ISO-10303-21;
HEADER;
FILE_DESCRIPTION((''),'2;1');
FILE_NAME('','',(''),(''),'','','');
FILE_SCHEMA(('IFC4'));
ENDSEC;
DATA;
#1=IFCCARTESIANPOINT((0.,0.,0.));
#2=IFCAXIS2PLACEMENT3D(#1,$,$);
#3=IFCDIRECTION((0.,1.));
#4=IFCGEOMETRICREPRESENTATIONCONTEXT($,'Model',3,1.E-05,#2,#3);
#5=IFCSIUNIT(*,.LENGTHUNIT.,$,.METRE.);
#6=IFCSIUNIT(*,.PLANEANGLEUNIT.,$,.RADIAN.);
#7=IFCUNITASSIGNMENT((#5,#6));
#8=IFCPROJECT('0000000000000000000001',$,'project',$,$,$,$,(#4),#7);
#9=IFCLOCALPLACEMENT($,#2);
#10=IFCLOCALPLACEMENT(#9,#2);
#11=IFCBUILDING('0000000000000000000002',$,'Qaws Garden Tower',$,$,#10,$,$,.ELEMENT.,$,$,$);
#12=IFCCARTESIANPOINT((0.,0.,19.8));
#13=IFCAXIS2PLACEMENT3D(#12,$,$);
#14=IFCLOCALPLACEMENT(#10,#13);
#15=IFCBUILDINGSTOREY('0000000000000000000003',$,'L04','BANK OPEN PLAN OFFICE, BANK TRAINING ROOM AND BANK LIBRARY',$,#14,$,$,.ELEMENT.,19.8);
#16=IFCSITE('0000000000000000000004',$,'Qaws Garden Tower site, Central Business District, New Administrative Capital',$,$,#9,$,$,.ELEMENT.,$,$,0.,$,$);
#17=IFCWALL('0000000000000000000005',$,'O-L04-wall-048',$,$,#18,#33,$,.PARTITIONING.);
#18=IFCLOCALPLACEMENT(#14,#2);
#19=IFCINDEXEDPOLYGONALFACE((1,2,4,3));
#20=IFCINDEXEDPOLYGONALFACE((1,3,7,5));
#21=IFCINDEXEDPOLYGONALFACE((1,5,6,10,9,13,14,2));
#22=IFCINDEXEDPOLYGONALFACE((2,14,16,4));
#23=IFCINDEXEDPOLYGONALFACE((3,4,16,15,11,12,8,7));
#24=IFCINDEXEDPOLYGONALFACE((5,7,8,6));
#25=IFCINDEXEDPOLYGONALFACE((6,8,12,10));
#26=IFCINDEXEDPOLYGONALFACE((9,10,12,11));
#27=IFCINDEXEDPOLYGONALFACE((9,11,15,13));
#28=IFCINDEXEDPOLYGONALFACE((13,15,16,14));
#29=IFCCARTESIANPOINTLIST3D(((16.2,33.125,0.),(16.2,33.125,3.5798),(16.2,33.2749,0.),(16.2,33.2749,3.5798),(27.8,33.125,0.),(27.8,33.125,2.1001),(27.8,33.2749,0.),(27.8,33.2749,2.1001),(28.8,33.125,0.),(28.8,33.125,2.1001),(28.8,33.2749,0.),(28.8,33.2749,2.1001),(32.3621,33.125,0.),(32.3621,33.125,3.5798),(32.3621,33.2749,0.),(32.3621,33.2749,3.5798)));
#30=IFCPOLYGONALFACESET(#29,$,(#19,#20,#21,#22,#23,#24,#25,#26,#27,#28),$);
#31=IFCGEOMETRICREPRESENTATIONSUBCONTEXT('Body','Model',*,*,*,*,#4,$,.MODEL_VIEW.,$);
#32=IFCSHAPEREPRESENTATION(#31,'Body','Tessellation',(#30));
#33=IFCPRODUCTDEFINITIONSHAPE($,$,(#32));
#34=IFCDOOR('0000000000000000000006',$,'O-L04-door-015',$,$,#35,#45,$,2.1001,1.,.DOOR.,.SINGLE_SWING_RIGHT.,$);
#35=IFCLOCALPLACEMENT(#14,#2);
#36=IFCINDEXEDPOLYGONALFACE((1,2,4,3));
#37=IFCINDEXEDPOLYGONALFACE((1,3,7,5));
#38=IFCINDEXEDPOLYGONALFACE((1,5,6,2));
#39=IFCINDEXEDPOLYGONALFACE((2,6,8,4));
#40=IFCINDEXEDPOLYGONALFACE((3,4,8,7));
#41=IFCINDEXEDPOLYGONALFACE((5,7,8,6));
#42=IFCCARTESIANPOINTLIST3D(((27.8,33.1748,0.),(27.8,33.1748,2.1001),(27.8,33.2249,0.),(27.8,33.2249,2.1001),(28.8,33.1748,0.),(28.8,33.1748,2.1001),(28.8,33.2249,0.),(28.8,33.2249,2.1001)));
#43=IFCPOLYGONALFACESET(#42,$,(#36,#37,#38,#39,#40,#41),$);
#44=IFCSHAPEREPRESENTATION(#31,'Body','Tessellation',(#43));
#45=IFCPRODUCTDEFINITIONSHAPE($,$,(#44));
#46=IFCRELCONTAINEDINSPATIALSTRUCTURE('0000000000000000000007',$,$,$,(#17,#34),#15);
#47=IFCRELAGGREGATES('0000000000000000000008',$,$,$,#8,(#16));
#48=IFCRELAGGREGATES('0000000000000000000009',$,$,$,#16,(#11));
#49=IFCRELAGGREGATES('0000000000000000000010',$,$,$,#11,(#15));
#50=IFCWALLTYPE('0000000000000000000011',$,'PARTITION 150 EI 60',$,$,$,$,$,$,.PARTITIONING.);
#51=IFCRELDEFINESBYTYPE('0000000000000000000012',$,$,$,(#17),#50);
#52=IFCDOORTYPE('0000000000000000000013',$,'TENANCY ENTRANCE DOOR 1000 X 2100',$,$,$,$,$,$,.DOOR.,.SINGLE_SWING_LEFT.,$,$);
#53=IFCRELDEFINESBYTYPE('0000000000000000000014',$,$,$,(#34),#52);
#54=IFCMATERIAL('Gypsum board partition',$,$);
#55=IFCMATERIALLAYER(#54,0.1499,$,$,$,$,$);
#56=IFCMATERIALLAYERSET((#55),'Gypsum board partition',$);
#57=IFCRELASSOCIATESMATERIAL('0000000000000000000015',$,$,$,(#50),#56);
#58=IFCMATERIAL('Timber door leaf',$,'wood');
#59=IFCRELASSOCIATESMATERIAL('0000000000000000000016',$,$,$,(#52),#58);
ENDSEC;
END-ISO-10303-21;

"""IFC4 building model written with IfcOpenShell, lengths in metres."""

from ifc_helpers import new_model, si_unit, direction, frame, frame_2d, origin, place, context, subcontext, project, spatial, rectangle, extrude, material, layer, layer_set, type_object, element, fill, save


model = new_model("IFC4")

# Units and contexts
model_context = context("Model", 3, precision=1e-05, world=origin(), true_north=direction((0.0, 1.0)))
body_context = subcontext(model_context, "Body", "Model", "MODEL_VIEW")
ifc_project = project(units=[si_unit("LENGTHUNIT", "METRE"), si_unit("PLANEANGLEUNIT", "RADIAN")], contexts=[model_context])

# Site, building, storey
site_placement = place(None, origin())
site = spatial("IfcSite", under=ifc_project, at=site_placement, Name="Qaws Garden Tower site, Central Business District, New Administrative Capital", CompositionType="ELEMENT", RefElevation=0.0)
building_placement = place(site_placement, origin())
building = spatial("IfcBuilding", under=site, at=building_placement, Name="Qaws Garden Tower", CompositionType="ELEMENT")
storey_placement = place(building_placement, frame((0.0, 0.0, 19.8)))
storey = spatial("IfcBuildingStorey", under=building, at=storey_placement, Name="L04", Description="BANK OPEN PLAN OFFICE, BANK TRAINING ROOM AND BANK LIBRARY", CompositionType="ELEMENT", Elevation=19.8)

# Shared definitions
ifc_material_1 = material(Name="Gypsum board partition")
ifc_layer_1 = layer(ifc_material_1, 0.1499)
ifc_layer_set_1 = layer_set([ifc_layer_1], Name="Gypsum board partition")
wall_type_1 = type_object("IfcWallType", Name="PARTITION 150 EI 60", PredefinedType="PARTITIONING", material=ifc_layer_set_1)

# Shared definitions
ifc_material_2 = material(Name="Timber door leaf", Category="wood")
door_type_1 = type_object("IfcDoorType", Name="TENANCY ENTRANCE DOOR 1000 X 2100", OperationType="SINGLE_SWING_LEFT", PredefinedType="DOOR", material=ifc_material_2)

# Wall, opening, door
wall_1_placement = place(storey_placement, frame((16.2, 33.2, 0.0), z_axis=(0.0, 0.0, 1.0), x_axis=(1.0, 0.0, 0.0)))
wall_1 = element("IfcWall", 1, at=wall_1_placement, inside=storey, type_object=wall_type_1, Name="O-L04-wall-048", PredefinedType="PARTITIONING", context=body_context, shape_type="SweptSolid", body=[
    extrude(rectangle(XDim=16.1621, YDim=0.1499, at=frame_2d((8.0811, 0.0))), origin(), (0.0, 0.0, 1.0), 3.5798),
])
opening_1_placement = place(wall_1_placement, frame((11.6001, 0.0, 0.0)))
opening_1 = element("IfcOpeningElement", 2, at=opening_1_placement, cuts=wall_1, PredefinedType="OPENING", context=body_context, shape_type="SweptSolid", body=[
    extrude(rectangle(XDim=1.0, YDim=2.1001, at=frame_2d((0.5, 1.05))), frame((0.0, 0.085, 0.0), z_axis=(0.0, -1.0, 0.0), x_axis=(1.0, 0.0, 0.0)), (0.0, 0.0, 1.0), 0.1699),
])
door_1_placement = place(opening_1_placement, origin())
door_1 = element("IfcDoor", 3, at=door_1_placement, inside=storey, type_object=door_type_1, Name="O-L04-door-015", OperationType="SINGLE_SWING_RIGHT", OverallHeight=2.1001, OverallWidth=1.0, PredefinedType="DOOR", context=body_context, shape_type="SweptSolid", body=[
    extrude(rectangle(XDim=1.0, YDim=2.1001, at=frame_2d((0.5, 1.05))), frame((0.0, 0.0249, 0.0), z_axis=(0.0, -1.0, 0.0), x_axis=(1.0, 0.0, 0.0)), (0.0, 0.0, 1.0), 0.05),
])
fill(opening_1, door_1)

save(model, "model.ifc")
